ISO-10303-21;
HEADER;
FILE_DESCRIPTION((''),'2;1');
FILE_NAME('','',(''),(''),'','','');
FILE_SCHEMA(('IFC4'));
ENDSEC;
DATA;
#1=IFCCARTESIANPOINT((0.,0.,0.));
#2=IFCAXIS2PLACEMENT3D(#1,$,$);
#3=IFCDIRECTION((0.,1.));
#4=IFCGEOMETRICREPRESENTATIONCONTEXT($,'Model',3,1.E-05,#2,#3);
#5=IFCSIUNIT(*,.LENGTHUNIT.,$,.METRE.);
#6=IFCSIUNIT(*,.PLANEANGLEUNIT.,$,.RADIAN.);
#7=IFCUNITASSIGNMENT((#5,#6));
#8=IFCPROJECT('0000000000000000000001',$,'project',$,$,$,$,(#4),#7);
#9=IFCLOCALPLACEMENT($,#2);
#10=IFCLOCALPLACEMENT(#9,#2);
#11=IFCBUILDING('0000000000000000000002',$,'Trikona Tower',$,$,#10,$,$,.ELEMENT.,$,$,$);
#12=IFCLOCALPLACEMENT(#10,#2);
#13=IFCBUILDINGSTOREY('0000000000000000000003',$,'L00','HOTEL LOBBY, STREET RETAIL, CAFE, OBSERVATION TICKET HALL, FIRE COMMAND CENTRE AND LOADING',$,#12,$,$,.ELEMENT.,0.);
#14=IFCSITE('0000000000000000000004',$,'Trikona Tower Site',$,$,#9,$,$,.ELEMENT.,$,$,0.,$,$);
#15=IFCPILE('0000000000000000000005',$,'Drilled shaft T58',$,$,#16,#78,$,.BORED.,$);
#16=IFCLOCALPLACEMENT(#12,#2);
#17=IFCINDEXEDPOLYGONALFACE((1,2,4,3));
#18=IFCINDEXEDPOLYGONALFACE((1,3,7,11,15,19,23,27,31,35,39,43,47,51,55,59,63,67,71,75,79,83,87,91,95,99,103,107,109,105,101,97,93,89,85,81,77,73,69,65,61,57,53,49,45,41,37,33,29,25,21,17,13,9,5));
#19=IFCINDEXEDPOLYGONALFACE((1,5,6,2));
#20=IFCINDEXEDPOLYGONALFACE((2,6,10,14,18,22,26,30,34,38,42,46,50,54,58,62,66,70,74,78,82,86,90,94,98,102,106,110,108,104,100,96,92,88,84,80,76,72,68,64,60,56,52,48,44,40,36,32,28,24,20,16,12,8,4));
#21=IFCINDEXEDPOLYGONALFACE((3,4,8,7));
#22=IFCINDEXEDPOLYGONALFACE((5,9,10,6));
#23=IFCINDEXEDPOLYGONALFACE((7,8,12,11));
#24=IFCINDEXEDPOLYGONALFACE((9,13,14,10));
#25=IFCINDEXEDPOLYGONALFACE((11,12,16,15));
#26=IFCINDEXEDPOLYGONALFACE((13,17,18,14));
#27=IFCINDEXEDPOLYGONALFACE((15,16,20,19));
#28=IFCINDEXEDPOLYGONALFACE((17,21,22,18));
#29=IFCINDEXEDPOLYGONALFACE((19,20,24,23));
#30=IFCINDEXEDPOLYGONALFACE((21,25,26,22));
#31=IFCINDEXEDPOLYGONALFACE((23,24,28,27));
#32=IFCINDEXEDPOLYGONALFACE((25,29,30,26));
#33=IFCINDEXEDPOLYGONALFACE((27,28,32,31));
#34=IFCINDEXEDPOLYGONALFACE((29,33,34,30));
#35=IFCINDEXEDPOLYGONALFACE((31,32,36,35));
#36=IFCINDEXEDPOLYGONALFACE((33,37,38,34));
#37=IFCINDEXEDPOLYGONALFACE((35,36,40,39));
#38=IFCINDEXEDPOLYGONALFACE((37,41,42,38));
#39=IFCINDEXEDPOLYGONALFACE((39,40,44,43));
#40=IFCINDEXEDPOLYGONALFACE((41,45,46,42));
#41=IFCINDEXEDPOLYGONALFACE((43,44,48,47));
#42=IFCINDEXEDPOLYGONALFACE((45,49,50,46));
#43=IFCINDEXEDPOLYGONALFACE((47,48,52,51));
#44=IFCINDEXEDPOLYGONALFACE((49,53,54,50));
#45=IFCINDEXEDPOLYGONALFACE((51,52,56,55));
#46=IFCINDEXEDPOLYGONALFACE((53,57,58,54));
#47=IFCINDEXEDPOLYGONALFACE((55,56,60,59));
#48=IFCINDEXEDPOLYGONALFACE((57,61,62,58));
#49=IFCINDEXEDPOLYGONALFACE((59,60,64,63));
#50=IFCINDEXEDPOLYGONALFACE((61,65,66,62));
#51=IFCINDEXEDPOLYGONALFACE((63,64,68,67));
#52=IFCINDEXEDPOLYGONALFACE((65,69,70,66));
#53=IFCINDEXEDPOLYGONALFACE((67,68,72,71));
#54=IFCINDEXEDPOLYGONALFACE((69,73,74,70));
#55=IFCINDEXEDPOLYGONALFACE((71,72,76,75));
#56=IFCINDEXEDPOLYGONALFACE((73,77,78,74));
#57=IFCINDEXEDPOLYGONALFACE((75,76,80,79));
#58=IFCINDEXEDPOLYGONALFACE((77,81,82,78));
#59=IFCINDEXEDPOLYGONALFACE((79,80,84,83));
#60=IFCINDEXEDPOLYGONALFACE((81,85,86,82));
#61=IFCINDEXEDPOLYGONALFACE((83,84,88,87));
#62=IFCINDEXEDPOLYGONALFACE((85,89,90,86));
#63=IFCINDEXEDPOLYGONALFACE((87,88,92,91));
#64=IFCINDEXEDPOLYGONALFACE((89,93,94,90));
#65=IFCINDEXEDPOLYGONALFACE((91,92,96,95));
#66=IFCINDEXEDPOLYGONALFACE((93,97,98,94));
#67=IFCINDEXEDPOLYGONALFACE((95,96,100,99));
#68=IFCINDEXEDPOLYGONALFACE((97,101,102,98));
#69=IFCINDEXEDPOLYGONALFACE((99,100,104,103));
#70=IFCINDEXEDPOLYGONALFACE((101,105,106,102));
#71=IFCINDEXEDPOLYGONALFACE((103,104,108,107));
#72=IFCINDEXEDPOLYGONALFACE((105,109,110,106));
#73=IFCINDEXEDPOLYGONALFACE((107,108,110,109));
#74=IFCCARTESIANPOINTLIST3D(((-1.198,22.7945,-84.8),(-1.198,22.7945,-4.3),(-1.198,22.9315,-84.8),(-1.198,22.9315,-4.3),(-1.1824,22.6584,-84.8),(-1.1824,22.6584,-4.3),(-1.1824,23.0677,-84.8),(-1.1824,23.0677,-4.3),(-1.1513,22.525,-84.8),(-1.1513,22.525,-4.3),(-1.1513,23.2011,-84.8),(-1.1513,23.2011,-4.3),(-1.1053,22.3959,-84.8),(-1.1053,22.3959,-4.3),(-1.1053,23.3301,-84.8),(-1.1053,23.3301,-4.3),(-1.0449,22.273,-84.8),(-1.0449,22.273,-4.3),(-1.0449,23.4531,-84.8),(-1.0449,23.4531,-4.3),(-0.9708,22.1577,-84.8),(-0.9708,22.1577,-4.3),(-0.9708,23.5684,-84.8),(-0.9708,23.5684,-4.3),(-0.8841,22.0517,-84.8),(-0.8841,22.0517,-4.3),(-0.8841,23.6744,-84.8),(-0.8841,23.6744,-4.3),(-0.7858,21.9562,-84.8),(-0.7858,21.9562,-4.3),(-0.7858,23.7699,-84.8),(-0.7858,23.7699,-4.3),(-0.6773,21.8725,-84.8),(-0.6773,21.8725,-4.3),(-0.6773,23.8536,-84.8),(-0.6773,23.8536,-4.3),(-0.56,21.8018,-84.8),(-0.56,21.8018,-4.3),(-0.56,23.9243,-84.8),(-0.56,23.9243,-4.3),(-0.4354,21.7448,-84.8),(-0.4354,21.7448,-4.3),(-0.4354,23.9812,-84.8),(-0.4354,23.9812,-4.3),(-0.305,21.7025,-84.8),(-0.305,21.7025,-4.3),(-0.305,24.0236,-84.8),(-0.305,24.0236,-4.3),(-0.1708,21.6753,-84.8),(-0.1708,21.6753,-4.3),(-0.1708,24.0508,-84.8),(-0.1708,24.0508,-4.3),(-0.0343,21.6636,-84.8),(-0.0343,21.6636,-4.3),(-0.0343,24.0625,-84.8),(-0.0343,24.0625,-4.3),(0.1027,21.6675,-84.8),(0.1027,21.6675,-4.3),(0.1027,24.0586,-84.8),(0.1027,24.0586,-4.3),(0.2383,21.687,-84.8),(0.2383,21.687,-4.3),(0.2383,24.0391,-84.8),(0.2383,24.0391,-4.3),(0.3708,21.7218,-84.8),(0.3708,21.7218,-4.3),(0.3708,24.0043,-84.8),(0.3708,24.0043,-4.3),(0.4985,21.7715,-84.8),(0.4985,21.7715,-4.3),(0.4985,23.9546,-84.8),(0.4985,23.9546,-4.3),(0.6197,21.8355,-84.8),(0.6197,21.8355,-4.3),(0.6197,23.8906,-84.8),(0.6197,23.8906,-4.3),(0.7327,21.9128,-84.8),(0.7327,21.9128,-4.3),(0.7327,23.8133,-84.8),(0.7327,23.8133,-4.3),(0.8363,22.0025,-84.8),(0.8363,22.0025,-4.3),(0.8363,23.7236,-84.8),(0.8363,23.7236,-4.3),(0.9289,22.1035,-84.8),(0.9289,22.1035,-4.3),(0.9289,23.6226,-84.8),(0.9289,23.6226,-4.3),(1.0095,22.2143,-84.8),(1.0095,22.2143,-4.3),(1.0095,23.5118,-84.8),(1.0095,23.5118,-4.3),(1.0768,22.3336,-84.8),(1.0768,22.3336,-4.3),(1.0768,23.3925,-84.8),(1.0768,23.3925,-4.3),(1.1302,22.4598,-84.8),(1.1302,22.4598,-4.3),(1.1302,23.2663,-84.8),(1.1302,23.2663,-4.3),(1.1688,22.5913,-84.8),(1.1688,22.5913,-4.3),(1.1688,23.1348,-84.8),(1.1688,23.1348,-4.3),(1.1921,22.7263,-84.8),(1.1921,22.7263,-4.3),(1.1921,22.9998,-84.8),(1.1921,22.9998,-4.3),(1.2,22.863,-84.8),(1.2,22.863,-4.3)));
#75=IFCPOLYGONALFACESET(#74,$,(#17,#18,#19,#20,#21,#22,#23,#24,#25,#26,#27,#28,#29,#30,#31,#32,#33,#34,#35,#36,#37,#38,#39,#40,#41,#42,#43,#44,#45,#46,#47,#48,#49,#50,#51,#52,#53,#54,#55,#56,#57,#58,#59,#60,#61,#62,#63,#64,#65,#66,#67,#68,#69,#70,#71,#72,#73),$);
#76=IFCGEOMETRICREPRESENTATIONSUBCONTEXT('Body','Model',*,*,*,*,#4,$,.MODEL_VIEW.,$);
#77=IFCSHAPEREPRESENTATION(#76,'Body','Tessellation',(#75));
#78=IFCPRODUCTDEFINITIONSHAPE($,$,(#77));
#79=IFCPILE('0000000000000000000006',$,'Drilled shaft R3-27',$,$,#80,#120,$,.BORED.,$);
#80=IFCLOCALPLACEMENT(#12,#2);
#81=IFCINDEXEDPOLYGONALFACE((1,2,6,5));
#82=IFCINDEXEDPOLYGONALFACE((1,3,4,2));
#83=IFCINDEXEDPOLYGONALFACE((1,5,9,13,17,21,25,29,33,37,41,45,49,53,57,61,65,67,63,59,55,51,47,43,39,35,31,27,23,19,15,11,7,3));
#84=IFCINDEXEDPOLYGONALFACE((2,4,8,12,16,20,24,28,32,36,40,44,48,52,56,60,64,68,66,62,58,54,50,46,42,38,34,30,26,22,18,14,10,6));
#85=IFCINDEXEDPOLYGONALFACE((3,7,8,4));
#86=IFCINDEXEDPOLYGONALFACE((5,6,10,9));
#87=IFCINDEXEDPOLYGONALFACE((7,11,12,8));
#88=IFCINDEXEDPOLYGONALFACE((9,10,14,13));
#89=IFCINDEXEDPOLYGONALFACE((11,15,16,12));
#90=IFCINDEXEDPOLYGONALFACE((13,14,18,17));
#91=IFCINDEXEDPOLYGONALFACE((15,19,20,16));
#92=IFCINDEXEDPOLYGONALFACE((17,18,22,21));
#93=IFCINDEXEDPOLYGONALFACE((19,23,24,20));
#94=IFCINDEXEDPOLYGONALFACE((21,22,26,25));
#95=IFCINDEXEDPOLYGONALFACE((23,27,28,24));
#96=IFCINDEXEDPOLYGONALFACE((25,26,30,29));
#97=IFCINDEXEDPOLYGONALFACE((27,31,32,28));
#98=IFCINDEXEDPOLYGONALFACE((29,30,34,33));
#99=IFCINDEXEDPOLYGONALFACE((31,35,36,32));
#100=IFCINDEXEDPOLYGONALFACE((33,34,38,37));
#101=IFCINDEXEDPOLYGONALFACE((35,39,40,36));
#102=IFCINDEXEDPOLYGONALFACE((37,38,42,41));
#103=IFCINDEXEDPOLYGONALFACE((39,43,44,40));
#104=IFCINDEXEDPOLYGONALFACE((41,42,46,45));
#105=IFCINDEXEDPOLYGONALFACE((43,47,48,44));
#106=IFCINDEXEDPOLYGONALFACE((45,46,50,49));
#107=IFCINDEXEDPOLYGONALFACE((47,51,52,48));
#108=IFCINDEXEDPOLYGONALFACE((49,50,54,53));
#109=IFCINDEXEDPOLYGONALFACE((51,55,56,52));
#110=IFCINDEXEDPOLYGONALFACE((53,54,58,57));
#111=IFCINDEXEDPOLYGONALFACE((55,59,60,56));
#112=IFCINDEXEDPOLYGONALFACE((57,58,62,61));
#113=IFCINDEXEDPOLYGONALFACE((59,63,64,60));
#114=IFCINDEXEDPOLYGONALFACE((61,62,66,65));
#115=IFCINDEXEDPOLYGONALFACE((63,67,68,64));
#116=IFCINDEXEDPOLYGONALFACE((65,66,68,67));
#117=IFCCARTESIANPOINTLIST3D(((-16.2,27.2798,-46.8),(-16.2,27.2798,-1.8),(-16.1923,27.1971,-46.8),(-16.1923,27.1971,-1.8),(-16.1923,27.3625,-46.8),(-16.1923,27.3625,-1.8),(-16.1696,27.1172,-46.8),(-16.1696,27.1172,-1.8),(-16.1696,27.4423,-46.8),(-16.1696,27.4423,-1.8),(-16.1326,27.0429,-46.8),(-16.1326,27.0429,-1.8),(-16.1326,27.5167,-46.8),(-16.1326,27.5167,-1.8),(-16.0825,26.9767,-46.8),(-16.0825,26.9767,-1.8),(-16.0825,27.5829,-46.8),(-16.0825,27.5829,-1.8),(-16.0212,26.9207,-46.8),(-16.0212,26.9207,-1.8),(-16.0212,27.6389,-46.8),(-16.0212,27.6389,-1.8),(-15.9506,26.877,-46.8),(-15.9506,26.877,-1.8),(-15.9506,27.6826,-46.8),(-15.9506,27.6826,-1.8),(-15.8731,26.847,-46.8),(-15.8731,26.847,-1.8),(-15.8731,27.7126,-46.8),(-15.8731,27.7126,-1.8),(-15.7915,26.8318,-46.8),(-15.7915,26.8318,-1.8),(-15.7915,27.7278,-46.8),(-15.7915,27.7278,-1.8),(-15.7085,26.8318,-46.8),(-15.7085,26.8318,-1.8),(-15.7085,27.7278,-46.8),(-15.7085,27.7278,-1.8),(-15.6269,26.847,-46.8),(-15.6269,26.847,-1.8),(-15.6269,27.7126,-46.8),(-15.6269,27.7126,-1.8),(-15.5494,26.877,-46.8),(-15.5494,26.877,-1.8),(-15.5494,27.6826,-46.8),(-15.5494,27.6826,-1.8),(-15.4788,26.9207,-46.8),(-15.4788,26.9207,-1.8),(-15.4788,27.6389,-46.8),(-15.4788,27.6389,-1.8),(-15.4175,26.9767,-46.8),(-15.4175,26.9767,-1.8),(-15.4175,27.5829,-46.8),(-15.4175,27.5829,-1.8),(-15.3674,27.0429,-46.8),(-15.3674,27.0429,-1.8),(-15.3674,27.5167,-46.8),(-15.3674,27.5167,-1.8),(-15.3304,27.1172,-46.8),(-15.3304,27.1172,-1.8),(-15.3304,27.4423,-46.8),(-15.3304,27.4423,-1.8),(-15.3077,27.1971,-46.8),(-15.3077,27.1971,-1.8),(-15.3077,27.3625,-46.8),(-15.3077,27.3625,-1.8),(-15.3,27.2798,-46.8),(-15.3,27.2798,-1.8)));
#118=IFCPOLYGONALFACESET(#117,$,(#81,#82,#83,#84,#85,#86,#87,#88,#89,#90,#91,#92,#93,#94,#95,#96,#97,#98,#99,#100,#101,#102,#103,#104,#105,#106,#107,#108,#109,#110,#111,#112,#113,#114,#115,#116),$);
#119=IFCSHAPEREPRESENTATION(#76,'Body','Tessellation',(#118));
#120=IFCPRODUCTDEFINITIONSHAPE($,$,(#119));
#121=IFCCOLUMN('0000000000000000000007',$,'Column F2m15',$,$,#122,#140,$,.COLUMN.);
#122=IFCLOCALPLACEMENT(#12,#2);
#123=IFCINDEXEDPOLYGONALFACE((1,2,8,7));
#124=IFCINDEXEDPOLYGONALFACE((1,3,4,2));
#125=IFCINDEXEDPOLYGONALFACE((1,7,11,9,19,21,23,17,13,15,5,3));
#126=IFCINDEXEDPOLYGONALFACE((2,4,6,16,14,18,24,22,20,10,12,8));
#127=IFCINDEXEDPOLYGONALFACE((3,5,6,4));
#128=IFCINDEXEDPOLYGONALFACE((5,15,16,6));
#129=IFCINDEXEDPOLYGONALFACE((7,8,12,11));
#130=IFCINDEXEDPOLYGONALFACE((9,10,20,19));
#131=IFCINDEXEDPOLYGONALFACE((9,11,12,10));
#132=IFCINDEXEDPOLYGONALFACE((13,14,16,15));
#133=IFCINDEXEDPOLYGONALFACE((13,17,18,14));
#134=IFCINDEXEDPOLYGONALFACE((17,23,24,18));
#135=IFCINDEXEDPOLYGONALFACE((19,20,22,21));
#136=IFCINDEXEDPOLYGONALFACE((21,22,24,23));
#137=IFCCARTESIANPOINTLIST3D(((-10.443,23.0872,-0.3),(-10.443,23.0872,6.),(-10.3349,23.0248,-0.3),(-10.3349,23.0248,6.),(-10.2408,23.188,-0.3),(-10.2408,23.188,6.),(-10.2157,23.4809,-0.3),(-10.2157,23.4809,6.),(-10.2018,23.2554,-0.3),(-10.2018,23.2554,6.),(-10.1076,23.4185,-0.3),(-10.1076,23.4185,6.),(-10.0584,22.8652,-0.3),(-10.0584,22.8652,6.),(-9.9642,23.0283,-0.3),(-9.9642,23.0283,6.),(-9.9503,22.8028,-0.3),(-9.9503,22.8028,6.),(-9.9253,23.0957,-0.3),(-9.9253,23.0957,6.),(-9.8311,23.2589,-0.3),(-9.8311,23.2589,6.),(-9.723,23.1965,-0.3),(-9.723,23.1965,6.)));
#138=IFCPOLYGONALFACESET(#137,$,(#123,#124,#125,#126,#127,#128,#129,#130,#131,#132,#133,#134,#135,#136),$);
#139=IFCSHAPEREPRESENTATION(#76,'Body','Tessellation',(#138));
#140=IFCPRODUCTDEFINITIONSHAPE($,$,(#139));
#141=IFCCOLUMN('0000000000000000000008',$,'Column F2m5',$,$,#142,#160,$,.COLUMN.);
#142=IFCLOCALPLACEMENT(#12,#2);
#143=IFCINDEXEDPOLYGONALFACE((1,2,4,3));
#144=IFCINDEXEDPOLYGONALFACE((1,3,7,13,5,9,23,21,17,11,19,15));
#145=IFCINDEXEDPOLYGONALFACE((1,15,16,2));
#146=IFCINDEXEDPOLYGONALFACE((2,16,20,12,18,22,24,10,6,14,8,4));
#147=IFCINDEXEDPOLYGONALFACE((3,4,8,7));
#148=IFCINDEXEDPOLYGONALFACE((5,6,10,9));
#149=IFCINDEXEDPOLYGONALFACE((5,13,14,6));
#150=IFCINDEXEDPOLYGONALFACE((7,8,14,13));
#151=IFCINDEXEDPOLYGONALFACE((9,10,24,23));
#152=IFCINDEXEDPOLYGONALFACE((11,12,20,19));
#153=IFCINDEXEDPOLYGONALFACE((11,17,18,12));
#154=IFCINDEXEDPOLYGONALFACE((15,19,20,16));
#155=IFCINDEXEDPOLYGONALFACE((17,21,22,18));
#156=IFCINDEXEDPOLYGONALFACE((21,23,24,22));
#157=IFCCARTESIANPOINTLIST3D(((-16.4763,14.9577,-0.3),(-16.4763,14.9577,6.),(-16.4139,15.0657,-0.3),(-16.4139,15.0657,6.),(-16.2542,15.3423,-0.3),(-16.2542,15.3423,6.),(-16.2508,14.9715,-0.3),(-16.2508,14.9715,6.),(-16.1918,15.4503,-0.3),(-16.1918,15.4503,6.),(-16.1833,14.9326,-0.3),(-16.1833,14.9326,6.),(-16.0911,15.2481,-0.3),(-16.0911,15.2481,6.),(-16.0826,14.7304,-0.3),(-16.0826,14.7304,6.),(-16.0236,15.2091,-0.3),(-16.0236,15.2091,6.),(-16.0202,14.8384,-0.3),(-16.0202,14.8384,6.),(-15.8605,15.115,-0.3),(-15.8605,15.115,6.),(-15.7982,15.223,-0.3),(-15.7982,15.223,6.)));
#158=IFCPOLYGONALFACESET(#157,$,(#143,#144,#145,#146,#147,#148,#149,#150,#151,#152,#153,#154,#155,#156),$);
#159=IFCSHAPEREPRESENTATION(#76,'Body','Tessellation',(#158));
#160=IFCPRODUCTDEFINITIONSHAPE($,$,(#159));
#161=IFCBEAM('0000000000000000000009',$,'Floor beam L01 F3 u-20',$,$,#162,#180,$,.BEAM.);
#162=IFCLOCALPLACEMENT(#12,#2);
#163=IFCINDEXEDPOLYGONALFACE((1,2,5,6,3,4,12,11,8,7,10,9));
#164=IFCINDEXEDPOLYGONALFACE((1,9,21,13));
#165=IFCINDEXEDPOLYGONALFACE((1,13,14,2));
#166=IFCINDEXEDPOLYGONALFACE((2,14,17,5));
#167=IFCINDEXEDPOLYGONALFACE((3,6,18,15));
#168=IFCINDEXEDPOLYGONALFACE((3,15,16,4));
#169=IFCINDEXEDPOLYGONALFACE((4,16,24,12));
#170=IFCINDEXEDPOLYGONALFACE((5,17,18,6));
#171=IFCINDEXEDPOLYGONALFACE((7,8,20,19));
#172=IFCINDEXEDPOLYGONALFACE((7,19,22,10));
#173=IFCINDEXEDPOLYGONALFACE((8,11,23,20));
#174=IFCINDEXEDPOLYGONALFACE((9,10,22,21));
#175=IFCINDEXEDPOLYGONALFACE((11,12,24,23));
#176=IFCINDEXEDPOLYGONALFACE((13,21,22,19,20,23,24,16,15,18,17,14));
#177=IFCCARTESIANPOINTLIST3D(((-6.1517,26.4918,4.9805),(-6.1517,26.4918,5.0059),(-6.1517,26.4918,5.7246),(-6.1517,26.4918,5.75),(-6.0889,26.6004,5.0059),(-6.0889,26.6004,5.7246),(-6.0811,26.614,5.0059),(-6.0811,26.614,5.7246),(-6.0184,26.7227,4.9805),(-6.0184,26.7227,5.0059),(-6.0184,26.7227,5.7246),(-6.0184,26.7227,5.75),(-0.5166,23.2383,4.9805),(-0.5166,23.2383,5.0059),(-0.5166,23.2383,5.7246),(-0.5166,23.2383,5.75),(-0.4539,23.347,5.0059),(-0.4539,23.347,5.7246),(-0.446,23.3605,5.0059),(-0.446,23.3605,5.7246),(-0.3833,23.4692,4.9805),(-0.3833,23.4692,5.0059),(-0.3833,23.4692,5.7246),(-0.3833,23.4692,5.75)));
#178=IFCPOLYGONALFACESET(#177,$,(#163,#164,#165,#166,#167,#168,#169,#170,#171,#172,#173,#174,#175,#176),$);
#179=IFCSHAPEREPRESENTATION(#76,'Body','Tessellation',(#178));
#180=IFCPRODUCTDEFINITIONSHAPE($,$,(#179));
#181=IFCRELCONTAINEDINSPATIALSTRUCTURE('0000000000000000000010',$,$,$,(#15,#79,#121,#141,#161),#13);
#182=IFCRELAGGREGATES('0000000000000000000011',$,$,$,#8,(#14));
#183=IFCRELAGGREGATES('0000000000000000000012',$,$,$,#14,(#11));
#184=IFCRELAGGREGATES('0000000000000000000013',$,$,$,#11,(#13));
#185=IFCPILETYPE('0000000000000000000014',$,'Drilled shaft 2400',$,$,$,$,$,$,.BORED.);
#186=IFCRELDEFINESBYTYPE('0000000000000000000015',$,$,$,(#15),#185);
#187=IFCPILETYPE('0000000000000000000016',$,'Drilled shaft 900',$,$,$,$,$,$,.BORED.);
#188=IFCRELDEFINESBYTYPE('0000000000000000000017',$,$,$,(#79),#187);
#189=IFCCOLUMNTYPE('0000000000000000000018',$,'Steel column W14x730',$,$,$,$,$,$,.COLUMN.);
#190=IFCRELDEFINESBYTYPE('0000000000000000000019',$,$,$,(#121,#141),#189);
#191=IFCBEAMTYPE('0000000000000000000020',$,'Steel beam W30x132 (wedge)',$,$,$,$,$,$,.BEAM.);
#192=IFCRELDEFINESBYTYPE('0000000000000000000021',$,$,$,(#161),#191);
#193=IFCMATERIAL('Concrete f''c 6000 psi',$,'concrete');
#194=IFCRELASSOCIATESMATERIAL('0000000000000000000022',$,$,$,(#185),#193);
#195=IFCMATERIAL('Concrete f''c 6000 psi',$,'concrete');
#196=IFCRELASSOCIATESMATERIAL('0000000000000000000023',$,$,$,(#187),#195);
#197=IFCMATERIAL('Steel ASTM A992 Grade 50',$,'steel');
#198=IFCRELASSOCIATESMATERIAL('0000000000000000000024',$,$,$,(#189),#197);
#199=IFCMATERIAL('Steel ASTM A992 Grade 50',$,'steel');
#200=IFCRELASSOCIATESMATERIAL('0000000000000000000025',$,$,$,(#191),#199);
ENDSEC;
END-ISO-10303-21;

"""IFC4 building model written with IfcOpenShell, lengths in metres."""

from ifc_helpers import new_model, si_unit, direction, frame, origin, origin_2d, place, context, subcontext, project, spatial, circle, i_section, extrude, material, material_profile, profile_set, type_object, element, save


model = new_model("IFC4")

# Units and contexts
model_context = context("Model", 3, precision=1e-05, world=origin(), true_north=direction((0.0, 1.0)))
body_context = subcontext(model_context, "Body", "Model", "MODEL_VIEW")
ifc_project = project(units=[si_unit("LENGTHUNIT", "METRE"), si_unit("PLANEANGLEUNIT", "RADIAN")], contexts=[model_context])

# Site, building, storey
site_placement = place(None, origin())
site = spatial("IfcSite", under=ifc_project, at=site_placement, Name="Trikona Tower Site", CompositionType="ELEMENT", RefElevation=0.0)
building_placement = place(site_placement, origin())
building = spatial("IfcBuilding", under=site, at=building_placement, Name="Trikona Tower", CompositionType="ELEMENT")
storey_placement = place(building_placement, origin())
storey = spatial("IfcBuildingStorey", under=building, at=storey_placement, Name="L00", Description="HOTEL LOBBY, STREET RETAIL, CAFE, OBSERVATION TICKET HALL, FIRE COMMAND CENTRE AND LOADING", CompositionType="ELEMENT", Elevation=0.0)

# Piles
ifc_material_1 = material(Name="Concrete f'c 6000 psi", Category="concrete")
pile_type_1 = type_object("IfcPileType", Name="Drilled shaft 2400", PredefinedType="BORED", material=ifc_material_1)
for number, where, z_axis, x_axis, name in (
    (1, (0.0, 22.863, -4.3), (0.0, 0.0, -1.0), (1.0, 0.0, 0.0), "Drilled shaft T58"),
):
    element("IfcPile", number, at=place(storey_placement, frame(where, z_axis=z_axis, x_axis=x_axis)), inside=storey, type_object=pile_type_1, Name=name, PredefinedType="BORED", context=body_context, shape_type="SweptSolid", body=[
        extrude(circle(Radius=1.2, at=origin_2d()), origin(), (0.0, 0.0, 1.0), 80.5),
    ])
ifc_material_2 = material(Name="Concrete f'c 6000 psi", Category="concrete")
pile_type_2 = type_object("IfcPileType", Name="Drilled shaft 900", PredefinedType="BORED", material=ifc_material_2)
pile_placement = place(storey_placement, frame((-15.75, 27.2798, -1.8), z_axis=(0.0, 0.0, -1.0), x_axis=(1.0, 0.0, 0.0)))
element("IfcPile", 2, at=pile_placement, inside=storey, type_object=pile_type_2, Name="Drilled shaft R3-27", PredefinedType="BORED", context=body_context, shape_type="SweptSolid", body=[
    extrude(circle(Radius=0.45, at=origin_2d()), origin(), (0.0, 0.0, 1.0), 45.0),
])

# Columns
ifc_material_3 = material(Name="Steel ASTM A992 Grade 50", Category="steel")
ifc_material_profile_1 = material_profile(ifc_material_3, i_section(OverallWidth=0.4546, OverallDepth=0.5688, WebThickness=0.0779, FlangeThickness=0.1248, at=origin_2d()), Name="W14X730")
ifc_profile_set_1 = profile_set([ifc_material_profile_1], Name="Steel ASTM A992 Grade 50")
column_type = type_object("IfcColumnType", Name="Steel column W14x730", PredefinedType="COLUMN", material=ifc_profile_set_1)
for number, where, z_axis, x_axis, name in (
    (3, (-10.083, 23.1418, -0.3), (0.0, 0.0, 1.0), (-0.5, -0.866025, 0.0), "Column F2m15"),
    (4, (-16.1372, 15.0903, -0.3), (0.0, 0.0, 1.0), (-0.866025, 0.5, 0.0), "Column F2m5"),
):
    element("IfcColumn", number, at=place(storey_placement, frame(where, z_axis=z_axis, x_axis=x_axis)), inside=storey, type_object=column_type, Name=name, PredefinedType="COLUMN", context=body_context, shape_type="SweptSolid", body=[
        extrude(i_section(OverallWidth=0.4546, OverallDepth=0.5688, WebThickness=0.0779, FlangeThickness=0.1248, at=origin_2d()), origin(), (0.0, 0.0, 1.0), 6.3),
    ])

# Beam
ifc_material_4 = material(Name="Steel ASTM A992 Grade 50", Category="steel")
ifc_material_profile_2 = material_profile(ifc_material_4, i_section(OverallWidth=0.2666, OverallDepth=0.7695, WebThickness=0.0156, FlangeThickness=0.0254, at=origin_2d()), Name="W30X132")
ifc_profile_set_2 = profile_set([ifc_material_profile_2], Name="Steel ASTM A992 Grade 50")
beam_type_1 = type_object("IfcBeamType", Name="Steel beam W30x132 (wedge)", PredefinedType="BEAM", material=ifc_profile_set_2)
beam_1_placement = place(storey_placement, frame((-0.45, 23.3538, 5.3652), z_axis=(-0.866023, 0.500005, 0.0), x_axis=(-0.500005, -0.866023, 0.0)))
element("IfcBeam", 5, at=beam_1_placement, inside=storey, type_object=beam_type_1, Name="Floor beam L01 F3 u-20", PredefinedType="BEAM", context=body_context, shape_type="SweptSolid", body=[
    extrude(i_section(OverallWidth=0.2666, OverallDepth=0.7695, WebThickness=0.0156, FlangeThickness=0.0254, at=origin_2d()), origin(), (0.0, 0.0, 1.0), 6.5068),
])

save(model, "model.ifc")
